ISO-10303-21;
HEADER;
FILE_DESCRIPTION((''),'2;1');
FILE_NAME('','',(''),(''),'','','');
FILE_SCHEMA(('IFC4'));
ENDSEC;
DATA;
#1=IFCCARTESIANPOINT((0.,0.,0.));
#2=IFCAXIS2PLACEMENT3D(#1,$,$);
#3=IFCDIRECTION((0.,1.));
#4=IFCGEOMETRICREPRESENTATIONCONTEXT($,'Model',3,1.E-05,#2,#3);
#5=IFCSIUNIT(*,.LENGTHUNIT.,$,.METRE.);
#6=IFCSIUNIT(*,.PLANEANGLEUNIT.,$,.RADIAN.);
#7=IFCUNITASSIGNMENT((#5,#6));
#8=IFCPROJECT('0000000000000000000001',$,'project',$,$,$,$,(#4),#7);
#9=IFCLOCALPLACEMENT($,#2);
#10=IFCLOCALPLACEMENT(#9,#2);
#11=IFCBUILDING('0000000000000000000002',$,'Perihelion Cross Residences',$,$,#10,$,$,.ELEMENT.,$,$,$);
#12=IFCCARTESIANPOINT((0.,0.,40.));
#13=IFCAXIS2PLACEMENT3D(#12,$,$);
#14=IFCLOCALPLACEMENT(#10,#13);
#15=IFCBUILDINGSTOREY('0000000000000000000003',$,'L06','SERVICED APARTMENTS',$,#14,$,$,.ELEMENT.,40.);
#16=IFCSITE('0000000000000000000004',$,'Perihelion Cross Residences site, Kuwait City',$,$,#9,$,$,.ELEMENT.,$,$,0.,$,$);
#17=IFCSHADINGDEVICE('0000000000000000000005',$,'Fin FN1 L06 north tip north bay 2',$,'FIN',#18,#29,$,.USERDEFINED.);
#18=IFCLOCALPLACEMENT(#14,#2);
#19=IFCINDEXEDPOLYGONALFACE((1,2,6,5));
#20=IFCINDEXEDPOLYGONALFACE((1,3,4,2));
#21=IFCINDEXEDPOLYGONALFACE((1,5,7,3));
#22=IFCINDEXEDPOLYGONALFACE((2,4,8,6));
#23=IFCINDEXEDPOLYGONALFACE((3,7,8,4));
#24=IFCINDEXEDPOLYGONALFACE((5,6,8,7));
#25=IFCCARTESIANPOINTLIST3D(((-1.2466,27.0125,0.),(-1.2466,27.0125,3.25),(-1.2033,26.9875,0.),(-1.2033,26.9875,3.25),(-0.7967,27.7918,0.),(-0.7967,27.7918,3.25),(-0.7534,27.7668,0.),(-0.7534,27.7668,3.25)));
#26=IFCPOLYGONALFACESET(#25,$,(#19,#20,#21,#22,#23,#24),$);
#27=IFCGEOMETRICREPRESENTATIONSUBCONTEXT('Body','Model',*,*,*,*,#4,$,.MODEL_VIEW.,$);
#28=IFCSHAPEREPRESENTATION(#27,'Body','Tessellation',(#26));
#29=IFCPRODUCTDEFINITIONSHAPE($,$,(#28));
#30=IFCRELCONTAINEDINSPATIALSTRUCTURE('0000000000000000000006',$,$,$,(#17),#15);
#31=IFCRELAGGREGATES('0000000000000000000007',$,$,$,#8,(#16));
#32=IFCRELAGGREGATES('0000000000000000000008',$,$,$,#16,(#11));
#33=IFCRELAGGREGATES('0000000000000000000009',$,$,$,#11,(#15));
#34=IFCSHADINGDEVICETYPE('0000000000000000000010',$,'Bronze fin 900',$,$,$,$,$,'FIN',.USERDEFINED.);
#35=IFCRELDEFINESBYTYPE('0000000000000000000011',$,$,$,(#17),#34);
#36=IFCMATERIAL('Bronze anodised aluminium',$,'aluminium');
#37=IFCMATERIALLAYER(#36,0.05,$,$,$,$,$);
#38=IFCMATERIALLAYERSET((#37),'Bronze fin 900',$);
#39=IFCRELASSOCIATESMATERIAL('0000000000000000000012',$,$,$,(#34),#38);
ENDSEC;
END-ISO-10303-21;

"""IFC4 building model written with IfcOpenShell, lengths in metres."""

from ifc_helpers import new_model, si_unit, direction, frame, origin, origin_2d, place, context, subcontext, project, spatial, rectangle, extrude, material, layer, layer_set, type_object, element, save


model = new_model("IFC4")

# Units and contexts
model_context = context("Model", 3, precision=1e-05, world=origin(), true_north=direction((0.0, 1.0)))
body_context = subcontext(model_context, "Body", "Model", "MODEL_VIEW")
ifc_project = project(units=[si_unit("LENGTHUNIT", "METRE"), si_unit("PLANEANGLEUNIT", "RADIAN")], contexts=[model_context])

# Site, building, storey
site_placement = place(None, origin())
site = spatial("IfcSite", under=ifc_project, at=site_placement, Name="Perihelion Cross Residences site, Kuwait City", CompositionType="ELEMENT", RefElevation=0.0)
building_placement = place(site_placement, origin())
building = spatial("IfcBuilding", under=site, at=building_placement, Name="Perihelion Cross Residences", CompositionType="ELEMENT")
storey_placement = place(building_placement, frame((0.0, 0.0, 40.0)))
storey = spatial("IfcBuildingStorey", under=building, at=storey_placement, Name="L06", Description="SERVICED APARTMENTS", CompositionType="ELEMENT", Elevation=40.0)

# Shading device
ifc_material_1 = material(Name="Bronze anodised aluminium", Category="aluminium")
ifc_layer_1 = layer(ifc_material_1, 0.05)
ifc_layer_set_1 = layer_set([ifc_layer_1], Name="Bronze fin 900")
shading_device_type = type_object("IfcShadingDeviceType", Name="Bronze fin 900", ElementType="FIN", PredefinedType="USERDEFINED", material=ifc_layer_set_1)
shading_device_placement = place(storey_placement, frame((-1.0, 27.3896, 0.0), z_axis=(0.0, 0.0, 1.0), x_axis=(0.5, 0.866025, 0.0)))
element("IfcShadingDevice", 1, at=shading_device_placement, inside=storey, type_object=shading_device_type, Name="Fin FN1 L06 north tip north bay 2", ObjectType="FIN", PredefinedType="USERDEFINED", context=body_context, shape_type="SweptSolid", body=[
    extrude(rectangle(XDim=0.8999, YDim=0.05, at=origin_2d()), origin(), (0.0, 0.0, 1.0), 3.25),
])

save(model, "model.ifc")
